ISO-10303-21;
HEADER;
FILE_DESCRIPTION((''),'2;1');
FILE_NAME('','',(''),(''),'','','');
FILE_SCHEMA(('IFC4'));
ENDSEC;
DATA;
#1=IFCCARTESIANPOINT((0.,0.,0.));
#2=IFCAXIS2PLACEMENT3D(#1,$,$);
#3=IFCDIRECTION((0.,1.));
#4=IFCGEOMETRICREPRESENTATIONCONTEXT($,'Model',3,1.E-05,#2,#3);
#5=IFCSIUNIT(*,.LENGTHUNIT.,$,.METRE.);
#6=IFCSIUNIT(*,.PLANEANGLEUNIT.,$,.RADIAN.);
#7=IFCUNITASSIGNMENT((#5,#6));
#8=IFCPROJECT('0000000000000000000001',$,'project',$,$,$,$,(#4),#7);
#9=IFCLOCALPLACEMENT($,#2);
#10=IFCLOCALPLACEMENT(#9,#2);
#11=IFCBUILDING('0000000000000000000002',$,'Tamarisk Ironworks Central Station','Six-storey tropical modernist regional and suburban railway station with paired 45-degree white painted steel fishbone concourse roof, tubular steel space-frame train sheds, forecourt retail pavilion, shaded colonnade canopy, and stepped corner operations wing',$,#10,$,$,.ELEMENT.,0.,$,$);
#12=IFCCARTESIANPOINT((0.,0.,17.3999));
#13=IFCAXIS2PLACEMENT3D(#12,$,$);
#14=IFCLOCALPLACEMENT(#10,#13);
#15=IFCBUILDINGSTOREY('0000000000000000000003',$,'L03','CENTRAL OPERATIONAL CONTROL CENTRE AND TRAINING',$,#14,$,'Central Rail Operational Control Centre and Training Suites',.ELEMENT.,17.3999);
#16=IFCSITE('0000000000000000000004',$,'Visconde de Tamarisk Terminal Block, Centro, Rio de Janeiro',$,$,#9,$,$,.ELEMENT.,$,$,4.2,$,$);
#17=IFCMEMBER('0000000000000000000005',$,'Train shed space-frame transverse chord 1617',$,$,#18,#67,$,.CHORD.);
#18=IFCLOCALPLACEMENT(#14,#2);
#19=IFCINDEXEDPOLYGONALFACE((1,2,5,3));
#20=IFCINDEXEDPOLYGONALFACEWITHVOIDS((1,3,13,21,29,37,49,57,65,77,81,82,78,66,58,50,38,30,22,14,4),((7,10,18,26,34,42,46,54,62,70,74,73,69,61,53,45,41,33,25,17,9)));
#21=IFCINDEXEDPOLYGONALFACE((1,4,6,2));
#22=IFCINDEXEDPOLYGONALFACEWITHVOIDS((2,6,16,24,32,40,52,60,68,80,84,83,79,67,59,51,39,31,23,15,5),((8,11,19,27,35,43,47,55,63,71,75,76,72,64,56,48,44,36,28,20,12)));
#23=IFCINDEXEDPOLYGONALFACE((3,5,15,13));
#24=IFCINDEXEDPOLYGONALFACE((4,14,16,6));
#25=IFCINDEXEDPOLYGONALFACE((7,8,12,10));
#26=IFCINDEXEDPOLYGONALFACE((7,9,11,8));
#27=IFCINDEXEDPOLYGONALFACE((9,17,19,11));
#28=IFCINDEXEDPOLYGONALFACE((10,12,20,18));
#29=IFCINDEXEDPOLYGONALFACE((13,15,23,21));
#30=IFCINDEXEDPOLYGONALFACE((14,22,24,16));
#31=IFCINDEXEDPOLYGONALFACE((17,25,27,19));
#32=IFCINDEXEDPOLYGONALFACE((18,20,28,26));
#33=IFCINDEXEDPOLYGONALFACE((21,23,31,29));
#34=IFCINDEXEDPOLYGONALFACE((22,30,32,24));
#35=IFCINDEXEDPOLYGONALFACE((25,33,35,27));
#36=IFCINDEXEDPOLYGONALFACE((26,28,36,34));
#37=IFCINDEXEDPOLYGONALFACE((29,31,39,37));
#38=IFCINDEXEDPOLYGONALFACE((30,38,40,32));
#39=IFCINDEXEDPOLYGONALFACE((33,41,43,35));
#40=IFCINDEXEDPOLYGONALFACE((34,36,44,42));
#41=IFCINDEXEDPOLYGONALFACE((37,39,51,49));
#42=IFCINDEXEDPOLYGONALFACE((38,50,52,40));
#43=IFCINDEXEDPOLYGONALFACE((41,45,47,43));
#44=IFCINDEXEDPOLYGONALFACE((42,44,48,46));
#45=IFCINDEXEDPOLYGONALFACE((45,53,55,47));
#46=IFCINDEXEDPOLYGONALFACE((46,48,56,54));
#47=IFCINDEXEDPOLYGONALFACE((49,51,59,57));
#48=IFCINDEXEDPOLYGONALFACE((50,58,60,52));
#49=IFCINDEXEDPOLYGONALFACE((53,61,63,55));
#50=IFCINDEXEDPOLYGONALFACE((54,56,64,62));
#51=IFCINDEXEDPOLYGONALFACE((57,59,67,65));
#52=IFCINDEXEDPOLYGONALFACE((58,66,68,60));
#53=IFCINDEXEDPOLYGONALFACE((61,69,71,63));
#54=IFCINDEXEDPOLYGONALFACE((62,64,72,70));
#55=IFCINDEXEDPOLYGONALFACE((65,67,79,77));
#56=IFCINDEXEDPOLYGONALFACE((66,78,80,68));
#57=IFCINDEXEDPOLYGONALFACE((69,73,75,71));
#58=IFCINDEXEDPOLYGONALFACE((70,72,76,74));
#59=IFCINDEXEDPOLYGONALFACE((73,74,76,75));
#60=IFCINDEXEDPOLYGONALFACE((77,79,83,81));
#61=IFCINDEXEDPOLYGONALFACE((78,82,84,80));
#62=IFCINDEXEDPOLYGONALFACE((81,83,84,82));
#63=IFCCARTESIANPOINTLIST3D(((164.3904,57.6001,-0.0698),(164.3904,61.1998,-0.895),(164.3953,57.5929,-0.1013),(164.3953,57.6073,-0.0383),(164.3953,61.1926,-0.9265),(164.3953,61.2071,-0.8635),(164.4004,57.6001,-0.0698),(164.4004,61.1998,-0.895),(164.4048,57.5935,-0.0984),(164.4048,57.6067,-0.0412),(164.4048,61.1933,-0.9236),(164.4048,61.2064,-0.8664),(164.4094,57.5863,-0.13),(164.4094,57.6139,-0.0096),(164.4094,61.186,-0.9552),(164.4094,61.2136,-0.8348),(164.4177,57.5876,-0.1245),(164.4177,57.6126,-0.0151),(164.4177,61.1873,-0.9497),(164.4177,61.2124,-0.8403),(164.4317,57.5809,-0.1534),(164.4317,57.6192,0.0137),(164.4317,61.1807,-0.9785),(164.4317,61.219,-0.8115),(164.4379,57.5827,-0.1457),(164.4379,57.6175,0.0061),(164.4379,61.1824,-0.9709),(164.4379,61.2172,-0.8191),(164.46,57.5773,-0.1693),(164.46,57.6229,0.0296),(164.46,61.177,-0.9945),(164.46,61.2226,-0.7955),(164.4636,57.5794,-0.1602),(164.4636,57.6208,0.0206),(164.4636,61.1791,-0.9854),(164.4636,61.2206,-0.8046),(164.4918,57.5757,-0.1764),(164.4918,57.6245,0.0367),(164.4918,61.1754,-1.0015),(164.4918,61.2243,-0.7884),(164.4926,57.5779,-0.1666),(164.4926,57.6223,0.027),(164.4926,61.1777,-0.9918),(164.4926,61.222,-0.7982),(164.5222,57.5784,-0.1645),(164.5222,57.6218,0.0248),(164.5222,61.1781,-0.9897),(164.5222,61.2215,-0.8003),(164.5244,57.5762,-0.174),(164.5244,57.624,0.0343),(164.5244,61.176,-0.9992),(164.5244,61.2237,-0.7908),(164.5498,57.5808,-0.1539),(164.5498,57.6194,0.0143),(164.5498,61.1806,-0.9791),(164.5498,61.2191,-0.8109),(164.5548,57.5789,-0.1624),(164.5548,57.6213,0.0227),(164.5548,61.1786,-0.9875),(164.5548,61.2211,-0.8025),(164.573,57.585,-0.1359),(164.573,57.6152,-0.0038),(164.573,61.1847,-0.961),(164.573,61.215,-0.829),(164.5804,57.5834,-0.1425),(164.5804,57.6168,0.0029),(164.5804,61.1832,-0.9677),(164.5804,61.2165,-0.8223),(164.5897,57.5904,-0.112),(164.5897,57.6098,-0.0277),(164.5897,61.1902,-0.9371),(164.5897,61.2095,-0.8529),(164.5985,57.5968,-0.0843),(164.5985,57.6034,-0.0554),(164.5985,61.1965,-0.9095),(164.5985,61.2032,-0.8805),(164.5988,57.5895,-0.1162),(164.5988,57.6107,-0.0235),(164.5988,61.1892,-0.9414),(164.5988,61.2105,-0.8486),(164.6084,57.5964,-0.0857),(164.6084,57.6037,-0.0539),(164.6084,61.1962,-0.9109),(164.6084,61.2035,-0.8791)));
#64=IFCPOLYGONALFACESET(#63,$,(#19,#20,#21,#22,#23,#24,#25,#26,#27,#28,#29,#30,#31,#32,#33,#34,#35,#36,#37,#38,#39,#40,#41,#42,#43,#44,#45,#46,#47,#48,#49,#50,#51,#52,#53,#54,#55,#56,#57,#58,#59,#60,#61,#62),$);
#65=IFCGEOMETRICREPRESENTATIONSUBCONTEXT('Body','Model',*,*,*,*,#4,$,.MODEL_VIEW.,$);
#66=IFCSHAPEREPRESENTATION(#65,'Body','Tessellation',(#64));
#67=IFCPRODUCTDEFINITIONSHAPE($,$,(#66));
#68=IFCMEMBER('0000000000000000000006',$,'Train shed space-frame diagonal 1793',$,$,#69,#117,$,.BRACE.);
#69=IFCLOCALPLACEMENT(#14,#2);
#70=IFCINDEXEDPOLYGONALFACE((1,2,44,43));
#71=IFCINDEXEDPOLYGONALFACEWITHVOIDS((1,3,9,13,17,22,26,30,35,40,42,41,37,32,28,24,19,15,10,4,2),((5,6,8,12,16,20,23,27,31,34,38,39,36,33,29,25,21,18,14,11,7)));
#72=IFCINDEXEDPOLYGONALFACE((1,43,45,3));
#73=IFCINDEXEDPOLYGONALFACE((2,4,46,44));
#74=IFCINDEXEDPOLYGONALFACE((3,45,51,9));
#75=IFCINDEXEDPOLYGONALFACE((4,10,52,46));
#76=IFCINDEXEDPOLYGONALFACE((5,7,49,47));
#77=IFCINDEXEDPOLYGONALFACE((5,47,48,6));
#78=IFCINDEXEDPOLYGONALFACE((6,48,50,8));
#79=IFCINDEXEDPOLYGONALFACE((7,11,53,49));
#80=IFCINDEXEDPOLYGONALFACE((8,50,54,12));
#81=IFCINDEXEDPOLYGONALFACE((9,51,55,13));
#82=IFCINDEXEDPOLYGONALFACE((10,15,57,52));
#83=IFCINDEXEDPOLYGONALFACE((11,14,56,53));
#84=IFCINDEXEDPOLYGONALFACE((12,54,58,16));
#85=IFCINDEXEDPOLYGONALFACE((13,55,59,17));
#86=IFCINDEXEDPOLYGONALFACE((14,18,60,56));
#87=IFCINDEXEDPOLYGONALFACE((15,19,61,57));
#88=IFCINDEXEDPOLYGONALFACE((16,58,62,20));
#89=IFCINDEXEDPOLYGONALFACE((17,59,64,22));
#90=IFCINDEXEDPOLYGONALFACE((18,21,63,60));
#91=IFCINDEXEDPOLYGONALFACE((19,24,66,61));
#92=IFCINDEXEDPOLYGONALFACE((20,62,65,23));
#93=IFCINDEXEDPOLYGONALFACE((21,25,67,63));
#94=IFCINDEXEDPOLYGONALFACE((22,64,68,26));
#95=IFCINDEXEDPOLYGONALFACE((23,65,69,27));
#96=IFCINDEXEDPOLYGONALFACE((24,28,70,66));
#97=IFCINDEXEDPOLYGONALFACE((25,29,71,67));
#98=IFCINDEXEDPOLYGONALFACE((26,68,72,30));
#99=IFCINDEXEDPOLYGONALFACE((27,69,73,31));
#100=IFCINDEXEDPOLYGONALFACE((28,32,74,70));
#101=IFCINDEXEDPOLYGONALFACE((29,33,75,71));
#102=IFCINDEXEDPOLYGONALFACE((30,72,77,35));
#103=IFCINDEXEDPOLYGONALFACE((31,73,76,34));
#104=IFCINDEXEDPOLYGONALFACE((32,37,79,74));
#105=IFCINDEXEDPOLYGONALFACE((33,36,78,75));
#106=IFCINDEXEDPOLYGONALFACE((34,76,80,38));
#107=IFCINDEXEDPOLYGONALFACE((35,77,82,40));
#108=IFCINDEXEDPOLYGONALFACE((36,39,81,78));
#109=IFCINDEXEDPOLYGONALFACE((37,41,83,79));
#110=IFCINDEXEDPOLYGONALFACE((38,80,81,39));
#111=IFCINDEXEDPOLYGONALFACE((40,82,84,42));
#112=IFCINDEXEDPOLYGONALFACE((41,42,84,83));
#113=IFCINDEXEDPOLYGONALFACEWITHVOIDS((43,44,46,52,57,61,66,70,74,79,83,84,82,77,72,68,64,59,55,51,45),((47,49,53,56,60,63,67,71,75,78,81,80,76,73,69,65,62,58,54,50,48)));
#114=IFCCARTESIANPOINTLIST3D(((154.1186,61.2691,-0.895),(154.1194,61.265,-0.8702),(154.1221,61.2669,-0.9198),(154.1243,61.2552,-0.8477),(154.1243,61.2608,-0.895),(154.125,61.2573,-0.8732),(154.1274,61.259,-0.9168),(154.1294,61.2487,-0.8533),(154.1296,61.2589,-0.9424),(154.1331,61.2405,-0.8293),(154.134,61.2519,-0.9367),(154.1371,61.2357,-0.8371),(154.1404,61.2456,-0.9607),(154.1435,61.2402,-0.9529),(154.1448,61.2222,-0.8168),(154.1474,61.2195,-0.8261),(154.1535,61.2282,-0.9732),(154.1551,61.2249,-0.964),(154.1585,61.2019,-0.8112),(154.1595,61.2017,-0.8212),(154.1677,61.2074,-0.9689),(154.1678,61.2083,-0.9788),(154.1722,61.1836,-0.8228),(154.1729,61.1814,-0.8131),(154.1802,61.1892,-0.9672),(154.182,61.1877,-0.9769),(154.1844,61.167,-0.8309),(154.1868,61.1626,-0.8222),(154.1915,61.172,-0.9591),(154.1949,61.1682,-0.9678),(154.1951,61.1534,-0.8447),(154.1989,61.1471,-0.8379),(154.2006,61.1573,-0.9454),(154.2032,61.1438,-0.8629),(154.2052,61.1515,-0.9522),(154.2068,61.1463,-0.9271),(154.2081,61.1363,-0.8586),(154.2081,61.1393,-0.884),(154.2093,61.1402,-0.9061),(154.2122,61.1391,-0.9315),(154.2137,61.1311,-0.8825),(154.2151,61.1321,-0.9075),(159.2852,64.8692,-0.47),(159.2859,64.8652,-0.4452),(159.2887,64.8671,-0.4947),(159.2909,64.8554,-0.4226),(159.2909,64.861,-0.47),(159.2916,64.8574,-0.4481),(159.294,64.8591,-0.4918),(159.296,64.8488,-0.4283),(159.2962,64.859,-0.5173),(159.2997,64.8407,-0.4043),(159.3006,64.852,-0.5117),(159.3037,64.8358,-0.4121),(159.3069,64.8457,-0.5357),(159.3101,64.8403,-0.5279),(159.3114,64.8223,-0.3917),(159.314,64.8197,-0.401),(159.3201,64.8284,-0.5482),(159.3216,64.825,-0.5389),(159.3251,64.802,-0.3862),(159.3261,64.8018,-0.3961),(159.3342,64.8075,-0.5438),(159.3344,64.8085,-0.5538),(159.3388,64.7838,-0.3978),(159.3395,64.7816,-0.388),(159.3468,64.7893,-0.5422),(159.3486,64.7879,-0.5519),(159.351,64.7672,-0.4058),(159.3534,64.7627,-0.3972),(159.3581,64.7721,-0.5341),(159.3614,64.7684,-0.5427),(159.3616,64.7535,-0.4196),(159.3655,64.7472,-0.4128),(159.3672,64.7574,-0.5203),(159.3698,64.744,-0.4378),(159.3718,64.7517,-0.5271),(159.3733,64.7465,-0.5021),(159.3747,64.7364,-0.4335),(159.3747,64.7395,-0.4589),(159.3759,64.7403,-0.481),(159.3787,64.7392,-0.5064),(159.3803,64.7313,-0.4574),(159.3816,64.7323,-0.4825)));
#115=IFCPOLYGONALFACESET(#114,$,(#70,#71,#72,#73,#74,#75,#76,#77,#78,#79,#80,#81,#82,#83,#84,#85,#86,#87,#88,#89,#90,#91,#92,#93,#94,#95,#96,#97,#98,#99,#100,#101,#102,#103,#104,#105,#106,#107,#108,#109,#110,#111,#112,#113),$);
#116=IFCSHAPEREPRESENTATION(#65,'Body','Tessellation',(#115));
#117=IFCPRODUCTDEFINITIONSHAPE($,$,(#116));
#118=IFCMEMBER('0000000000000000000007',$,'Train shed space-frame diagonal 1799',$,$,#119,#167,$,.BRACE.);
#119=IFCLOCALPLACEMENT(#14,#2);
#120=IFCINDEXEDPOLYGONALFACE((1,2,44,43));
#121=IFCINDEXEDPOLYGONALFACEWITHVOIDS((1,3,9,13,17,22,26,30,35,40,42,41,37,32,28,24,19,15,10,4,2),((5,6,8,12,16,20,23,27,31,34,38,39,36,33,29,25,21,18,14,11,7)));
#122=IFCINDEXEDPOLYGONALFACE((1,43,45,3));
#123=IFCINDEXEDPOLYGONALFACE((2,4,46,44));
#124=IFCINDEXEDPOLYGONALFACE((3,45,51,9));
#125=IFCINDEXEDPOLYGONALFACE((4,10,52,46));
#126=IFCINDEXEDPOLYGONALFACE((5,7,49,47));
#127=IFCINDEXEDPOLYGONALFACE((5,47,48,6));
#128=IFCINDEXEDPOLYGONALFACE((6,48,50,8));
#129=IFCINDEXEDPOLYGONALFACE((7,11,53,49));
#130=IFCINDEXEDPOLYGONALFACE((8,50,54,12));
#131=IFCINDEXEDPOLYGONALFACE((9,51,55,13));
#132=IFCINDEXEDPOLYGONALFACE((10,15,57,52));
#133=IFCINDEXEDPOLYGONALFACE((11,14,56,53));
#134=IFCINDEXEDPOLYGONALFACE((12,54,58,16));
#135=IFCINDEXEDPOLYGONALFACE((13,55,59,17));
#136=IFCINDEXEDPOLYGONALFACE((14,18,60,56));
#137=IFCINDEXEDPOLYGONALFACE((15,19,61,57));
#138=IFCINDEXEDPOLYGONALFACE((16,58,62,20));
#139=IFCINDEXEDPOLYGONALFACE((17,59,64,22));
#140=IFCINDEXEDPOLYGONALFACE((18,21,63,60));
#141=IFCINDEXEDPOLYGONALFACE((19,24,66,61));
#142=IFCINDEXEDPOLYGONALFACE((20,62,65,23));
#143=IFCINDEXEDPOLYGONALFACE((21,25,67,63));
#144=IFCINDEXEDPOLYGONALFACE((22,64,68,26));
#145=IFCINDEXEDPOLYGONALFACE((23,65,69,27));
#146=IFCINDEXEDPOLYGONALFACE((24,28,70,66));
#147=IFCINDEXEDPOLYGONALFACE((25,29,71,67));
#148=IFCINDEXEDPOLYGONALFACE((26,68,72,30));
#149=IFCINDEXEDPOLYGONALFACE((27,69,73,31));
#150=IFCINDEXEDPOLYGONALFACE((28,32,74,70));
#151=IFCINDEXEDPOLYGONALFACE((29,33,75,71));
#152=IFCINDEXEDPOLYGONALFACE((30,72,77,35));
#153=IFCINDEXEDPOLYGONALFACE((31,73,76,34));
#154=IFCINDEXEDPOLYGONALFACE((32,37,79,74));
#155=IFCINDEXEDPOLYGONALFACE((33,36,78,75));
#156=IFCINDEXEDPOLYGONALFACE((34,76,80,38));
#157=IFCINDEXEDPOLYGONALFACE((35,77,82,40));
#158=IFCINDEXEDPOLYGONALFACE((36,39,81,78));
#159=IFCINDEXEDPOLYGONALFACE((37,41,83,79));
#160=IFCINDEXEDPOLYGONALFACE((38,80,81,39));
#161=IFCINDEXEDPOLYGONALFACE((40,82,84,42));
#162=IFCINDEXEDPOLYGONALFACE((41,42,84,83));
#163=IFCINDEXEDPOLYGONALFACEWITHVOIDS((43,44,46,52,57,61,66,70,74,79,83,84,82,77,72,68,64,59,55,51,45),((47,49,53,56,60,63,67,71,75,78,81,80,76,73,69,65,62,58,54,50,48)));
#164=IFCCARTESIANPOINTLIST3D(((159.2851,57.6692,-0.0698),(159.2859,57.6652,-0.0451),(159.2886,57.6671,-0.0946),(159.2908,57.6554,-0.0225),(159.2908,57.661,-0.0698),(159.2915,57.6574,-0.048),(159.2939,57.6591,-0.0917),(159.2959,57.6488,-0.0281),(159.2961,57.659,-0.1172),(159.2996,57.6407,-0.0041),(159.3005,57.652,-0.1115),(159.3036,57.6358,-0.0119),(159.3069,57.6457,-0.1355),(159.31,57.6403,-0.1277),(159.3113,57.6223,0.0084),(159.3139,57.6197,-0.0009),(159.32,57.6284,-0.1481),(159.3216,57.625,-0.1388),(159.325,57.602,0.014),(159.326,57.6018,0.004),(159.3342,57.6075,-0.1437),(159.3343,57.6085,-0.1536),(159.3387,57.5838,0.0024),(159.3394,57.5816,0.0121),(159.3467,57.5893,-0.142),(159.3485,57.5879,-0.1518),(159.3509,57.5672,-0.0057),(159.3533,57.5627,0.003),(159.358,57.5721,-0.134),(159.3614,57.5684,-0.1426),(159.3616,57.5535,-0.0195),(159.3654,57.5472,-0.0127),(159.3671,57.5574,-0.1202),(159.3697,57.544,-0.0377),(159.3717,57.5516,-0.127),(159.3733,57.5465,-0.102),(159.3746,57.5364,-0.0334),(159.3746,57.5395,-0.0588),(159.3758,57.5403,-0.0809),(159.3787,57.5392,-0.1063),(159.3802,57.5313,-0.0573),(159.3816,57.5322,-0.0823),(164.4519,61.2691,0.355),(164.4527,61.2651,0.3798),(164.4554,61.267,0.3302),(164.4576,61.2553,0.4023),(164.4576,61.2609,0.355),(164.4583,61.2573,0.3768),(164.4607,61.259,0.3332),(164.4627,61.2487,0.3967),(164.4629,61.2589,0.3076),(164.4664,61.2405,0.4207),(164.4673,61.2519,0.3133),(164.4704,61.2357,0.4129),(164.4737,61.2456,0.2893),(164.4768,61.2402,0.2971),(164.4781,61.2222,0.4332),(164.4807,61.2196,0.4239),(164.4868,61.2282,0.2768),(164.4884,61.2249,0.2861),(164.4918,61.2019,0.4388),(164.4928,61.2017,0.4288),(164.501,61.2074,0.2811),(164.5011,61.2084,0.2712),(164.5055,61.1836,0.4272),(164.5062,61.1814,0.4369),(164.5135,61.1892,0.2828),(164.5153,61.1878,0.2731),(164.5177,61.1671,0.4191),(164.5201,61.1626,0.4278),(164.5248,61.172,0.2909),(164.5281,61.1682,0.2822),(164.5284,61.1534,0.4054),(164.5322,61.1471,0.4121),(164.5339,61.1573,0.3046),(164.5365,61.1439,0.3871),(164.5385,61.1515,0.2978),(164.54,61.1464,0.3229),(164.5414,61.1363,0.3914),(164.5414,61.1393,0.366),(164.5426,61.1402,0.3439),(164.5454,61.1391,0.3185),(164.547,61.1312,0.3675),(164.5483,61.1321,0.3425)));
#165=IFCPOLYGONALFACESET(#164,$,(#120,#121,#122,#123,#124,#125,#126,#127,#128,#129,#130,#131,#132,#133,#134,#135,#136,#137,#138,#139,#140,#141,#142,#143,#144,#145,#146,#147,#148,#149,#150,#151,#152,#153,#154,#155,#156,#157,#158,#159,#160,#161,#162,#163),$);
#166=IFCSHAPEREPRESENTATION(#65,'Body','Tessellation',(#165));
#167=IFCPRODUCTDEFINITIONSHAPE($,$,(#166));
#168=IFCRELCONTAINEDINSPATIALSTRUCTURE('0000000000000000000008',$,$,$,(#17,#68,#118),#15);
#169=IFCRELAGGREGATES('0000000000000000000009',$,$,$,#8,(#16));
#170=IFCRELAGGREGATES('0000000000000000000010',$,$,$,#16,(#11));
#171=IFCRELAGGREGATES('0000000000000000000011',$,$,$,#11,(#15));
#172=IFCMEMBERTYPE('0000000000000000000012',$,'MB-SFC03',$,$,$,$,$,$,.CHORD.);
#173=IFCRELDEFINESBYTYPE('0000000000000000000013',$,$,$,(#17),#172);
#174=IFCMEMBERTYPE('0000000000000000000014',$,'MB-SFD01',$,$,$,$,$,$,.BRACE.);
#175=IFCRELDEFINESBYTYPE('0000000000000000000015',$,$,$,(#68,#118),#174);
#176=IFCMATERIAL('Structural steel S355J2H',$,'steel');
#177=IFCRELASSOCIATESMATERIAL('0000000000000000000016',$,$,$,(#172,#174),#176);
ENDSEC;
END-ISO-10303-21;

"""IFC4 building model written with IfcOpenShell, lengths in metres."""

from ifc_helpers import new_model, si_unit, direction, frame, origin, origin_2d, place, context, subcontext, project, spatial, hollow_circle, extrude, material, material_profile, profile_set, type_object, element, save


model = new_model("IFC4")

# Units and contexts
model_context = context("Model", 3, precision=1e-05, world=origin(), true_north=direction((0.0, 1.0)))
body_context = subcontext(model_context, "Body", "Model", "MODEL_VIEW")
ifc_project = project(units=[si_unit("LENGTHUNIT", "METRE"), si_unit("PLANEANGLEUNIT", "RADIAN")], contexts=[model_context])

# Site, building, storey
site_placement = place(None, origin())
site = spatial("IfcSite", under=ifc_project, at=site_placement, Name="Visconde de Tamarisk Terminal Block, Centro, Rio de Janeiro", CompositionType="ELEMENT", RefElevation=4.2)
building_placement = place(site_placement, origin())
building = spatial("IfcBuilding", under=site, at=building_placement, Name="Tamarisk Ironworks Central Station", Description="Six-storey tropical modernist regional and suburban railway station with paired 45-degree white painted steel fishbone concourse roof, tubular steel space-frame train sheds, forecourt retail pavilion, shaded colonnade canopy, and stepped corner operations wing", CompositionType="ELEMENT", ElevationOfRefHeight=0.0)
storey_placement = place(building_placement, frame((0.0, 0.0, 17.3999)))
storey = spatial("IfcBuildingStorey", under=building, at=storey_placement, Name="L03", Description="CENTRAL OPERATIONAL CONTROL CENTRE AND TRAINING", LongName="Central Rail Operational Control Centre and Training Suites", CompositionType="ELEMENT", Elevation=17.3999)

# Members
ifc_material = material(Name="Structural steel S355J2H", Category="steel")
ifc_material_profile_1 = material_profile(ifc_material, hollow_circle(Radius=0.1096, WallThickness=0.01, at=origin_2d()), Name="CHS 219.1x10")
ifc_profile_set_1 = profile_set([ifc_material_profile_1], Name="Structural steel S355J2H")
member_type_1 = type_object("IfcMemberType", Name="MB-SFC03", PredefinedType="CHORD", material=ifc_profile_set_1)
member_1_placement = place(storey_placement, frame((164.5, 57.6001, -0.0698), z_axis=(0.0, 0.974719, -0.223435), x_axis=(-1.0, 0.0, 0.0)))
element("IfcMember", 1, at=member_1_placement, inside=storey, type_object=member_type_1, Name="Train shed space-frame transverse chord 1617", PredefinedType="CHORD", context=body_context, shape_type="SweptSolid", body=[
    extrude(hollow_circle(Radius=0.1096, WallThickness=0.01, at=origin_2d()), origin(), (0.0, 0.0, 1.0), 3.6931),
])
ifc_material_profile_2 = material_profile(ifc_material, hollow_circle(Radius=0.0842, WallThickness=0.01, at=origin_2d()), Name="CHS 168.3x10")
ifc_profile_set_2 = profile_set([ifc_material_profile_2], Name="Structural steel S355J2H")
member_type_2 = type_object("IfcMemberType", Name="MB-SFD01", PredefinedType="BRACE", material=ifc_profile_set_2)
for number, where, z_axis, x_axis, name in (
    (2, (154.1667, 61.2, -0.895), (0.818595, 0.570409, 0.067346), (-0.571707, 0.820458, 0.0), "Train shed space-frame diagonal 1793"),
    (3, (159.3333, 57.6001, -0.0698), (0.818628, 0.570367, 0.067307), (-0.571663, 0.820489, 0.0), "Train shed space-frame diagonal 1799"),
):
    element("IfcMember", number, at=place(storey_placement, frame(where, z_axis=z_axis, x_axis=x_axis)), inside=storey, type_object=member_type_2, Name=name, PredefinedType="BRACE", context=body_context, shape_type="SweptSolid", body=[
        extrude(hollow_circle(Radius=0.0842, WallThickness=0.01, at=origin_2d()), origin(), (0.0, 0.0, 1.0), 6.3115),
    ])

save(model, "model.ifc")
